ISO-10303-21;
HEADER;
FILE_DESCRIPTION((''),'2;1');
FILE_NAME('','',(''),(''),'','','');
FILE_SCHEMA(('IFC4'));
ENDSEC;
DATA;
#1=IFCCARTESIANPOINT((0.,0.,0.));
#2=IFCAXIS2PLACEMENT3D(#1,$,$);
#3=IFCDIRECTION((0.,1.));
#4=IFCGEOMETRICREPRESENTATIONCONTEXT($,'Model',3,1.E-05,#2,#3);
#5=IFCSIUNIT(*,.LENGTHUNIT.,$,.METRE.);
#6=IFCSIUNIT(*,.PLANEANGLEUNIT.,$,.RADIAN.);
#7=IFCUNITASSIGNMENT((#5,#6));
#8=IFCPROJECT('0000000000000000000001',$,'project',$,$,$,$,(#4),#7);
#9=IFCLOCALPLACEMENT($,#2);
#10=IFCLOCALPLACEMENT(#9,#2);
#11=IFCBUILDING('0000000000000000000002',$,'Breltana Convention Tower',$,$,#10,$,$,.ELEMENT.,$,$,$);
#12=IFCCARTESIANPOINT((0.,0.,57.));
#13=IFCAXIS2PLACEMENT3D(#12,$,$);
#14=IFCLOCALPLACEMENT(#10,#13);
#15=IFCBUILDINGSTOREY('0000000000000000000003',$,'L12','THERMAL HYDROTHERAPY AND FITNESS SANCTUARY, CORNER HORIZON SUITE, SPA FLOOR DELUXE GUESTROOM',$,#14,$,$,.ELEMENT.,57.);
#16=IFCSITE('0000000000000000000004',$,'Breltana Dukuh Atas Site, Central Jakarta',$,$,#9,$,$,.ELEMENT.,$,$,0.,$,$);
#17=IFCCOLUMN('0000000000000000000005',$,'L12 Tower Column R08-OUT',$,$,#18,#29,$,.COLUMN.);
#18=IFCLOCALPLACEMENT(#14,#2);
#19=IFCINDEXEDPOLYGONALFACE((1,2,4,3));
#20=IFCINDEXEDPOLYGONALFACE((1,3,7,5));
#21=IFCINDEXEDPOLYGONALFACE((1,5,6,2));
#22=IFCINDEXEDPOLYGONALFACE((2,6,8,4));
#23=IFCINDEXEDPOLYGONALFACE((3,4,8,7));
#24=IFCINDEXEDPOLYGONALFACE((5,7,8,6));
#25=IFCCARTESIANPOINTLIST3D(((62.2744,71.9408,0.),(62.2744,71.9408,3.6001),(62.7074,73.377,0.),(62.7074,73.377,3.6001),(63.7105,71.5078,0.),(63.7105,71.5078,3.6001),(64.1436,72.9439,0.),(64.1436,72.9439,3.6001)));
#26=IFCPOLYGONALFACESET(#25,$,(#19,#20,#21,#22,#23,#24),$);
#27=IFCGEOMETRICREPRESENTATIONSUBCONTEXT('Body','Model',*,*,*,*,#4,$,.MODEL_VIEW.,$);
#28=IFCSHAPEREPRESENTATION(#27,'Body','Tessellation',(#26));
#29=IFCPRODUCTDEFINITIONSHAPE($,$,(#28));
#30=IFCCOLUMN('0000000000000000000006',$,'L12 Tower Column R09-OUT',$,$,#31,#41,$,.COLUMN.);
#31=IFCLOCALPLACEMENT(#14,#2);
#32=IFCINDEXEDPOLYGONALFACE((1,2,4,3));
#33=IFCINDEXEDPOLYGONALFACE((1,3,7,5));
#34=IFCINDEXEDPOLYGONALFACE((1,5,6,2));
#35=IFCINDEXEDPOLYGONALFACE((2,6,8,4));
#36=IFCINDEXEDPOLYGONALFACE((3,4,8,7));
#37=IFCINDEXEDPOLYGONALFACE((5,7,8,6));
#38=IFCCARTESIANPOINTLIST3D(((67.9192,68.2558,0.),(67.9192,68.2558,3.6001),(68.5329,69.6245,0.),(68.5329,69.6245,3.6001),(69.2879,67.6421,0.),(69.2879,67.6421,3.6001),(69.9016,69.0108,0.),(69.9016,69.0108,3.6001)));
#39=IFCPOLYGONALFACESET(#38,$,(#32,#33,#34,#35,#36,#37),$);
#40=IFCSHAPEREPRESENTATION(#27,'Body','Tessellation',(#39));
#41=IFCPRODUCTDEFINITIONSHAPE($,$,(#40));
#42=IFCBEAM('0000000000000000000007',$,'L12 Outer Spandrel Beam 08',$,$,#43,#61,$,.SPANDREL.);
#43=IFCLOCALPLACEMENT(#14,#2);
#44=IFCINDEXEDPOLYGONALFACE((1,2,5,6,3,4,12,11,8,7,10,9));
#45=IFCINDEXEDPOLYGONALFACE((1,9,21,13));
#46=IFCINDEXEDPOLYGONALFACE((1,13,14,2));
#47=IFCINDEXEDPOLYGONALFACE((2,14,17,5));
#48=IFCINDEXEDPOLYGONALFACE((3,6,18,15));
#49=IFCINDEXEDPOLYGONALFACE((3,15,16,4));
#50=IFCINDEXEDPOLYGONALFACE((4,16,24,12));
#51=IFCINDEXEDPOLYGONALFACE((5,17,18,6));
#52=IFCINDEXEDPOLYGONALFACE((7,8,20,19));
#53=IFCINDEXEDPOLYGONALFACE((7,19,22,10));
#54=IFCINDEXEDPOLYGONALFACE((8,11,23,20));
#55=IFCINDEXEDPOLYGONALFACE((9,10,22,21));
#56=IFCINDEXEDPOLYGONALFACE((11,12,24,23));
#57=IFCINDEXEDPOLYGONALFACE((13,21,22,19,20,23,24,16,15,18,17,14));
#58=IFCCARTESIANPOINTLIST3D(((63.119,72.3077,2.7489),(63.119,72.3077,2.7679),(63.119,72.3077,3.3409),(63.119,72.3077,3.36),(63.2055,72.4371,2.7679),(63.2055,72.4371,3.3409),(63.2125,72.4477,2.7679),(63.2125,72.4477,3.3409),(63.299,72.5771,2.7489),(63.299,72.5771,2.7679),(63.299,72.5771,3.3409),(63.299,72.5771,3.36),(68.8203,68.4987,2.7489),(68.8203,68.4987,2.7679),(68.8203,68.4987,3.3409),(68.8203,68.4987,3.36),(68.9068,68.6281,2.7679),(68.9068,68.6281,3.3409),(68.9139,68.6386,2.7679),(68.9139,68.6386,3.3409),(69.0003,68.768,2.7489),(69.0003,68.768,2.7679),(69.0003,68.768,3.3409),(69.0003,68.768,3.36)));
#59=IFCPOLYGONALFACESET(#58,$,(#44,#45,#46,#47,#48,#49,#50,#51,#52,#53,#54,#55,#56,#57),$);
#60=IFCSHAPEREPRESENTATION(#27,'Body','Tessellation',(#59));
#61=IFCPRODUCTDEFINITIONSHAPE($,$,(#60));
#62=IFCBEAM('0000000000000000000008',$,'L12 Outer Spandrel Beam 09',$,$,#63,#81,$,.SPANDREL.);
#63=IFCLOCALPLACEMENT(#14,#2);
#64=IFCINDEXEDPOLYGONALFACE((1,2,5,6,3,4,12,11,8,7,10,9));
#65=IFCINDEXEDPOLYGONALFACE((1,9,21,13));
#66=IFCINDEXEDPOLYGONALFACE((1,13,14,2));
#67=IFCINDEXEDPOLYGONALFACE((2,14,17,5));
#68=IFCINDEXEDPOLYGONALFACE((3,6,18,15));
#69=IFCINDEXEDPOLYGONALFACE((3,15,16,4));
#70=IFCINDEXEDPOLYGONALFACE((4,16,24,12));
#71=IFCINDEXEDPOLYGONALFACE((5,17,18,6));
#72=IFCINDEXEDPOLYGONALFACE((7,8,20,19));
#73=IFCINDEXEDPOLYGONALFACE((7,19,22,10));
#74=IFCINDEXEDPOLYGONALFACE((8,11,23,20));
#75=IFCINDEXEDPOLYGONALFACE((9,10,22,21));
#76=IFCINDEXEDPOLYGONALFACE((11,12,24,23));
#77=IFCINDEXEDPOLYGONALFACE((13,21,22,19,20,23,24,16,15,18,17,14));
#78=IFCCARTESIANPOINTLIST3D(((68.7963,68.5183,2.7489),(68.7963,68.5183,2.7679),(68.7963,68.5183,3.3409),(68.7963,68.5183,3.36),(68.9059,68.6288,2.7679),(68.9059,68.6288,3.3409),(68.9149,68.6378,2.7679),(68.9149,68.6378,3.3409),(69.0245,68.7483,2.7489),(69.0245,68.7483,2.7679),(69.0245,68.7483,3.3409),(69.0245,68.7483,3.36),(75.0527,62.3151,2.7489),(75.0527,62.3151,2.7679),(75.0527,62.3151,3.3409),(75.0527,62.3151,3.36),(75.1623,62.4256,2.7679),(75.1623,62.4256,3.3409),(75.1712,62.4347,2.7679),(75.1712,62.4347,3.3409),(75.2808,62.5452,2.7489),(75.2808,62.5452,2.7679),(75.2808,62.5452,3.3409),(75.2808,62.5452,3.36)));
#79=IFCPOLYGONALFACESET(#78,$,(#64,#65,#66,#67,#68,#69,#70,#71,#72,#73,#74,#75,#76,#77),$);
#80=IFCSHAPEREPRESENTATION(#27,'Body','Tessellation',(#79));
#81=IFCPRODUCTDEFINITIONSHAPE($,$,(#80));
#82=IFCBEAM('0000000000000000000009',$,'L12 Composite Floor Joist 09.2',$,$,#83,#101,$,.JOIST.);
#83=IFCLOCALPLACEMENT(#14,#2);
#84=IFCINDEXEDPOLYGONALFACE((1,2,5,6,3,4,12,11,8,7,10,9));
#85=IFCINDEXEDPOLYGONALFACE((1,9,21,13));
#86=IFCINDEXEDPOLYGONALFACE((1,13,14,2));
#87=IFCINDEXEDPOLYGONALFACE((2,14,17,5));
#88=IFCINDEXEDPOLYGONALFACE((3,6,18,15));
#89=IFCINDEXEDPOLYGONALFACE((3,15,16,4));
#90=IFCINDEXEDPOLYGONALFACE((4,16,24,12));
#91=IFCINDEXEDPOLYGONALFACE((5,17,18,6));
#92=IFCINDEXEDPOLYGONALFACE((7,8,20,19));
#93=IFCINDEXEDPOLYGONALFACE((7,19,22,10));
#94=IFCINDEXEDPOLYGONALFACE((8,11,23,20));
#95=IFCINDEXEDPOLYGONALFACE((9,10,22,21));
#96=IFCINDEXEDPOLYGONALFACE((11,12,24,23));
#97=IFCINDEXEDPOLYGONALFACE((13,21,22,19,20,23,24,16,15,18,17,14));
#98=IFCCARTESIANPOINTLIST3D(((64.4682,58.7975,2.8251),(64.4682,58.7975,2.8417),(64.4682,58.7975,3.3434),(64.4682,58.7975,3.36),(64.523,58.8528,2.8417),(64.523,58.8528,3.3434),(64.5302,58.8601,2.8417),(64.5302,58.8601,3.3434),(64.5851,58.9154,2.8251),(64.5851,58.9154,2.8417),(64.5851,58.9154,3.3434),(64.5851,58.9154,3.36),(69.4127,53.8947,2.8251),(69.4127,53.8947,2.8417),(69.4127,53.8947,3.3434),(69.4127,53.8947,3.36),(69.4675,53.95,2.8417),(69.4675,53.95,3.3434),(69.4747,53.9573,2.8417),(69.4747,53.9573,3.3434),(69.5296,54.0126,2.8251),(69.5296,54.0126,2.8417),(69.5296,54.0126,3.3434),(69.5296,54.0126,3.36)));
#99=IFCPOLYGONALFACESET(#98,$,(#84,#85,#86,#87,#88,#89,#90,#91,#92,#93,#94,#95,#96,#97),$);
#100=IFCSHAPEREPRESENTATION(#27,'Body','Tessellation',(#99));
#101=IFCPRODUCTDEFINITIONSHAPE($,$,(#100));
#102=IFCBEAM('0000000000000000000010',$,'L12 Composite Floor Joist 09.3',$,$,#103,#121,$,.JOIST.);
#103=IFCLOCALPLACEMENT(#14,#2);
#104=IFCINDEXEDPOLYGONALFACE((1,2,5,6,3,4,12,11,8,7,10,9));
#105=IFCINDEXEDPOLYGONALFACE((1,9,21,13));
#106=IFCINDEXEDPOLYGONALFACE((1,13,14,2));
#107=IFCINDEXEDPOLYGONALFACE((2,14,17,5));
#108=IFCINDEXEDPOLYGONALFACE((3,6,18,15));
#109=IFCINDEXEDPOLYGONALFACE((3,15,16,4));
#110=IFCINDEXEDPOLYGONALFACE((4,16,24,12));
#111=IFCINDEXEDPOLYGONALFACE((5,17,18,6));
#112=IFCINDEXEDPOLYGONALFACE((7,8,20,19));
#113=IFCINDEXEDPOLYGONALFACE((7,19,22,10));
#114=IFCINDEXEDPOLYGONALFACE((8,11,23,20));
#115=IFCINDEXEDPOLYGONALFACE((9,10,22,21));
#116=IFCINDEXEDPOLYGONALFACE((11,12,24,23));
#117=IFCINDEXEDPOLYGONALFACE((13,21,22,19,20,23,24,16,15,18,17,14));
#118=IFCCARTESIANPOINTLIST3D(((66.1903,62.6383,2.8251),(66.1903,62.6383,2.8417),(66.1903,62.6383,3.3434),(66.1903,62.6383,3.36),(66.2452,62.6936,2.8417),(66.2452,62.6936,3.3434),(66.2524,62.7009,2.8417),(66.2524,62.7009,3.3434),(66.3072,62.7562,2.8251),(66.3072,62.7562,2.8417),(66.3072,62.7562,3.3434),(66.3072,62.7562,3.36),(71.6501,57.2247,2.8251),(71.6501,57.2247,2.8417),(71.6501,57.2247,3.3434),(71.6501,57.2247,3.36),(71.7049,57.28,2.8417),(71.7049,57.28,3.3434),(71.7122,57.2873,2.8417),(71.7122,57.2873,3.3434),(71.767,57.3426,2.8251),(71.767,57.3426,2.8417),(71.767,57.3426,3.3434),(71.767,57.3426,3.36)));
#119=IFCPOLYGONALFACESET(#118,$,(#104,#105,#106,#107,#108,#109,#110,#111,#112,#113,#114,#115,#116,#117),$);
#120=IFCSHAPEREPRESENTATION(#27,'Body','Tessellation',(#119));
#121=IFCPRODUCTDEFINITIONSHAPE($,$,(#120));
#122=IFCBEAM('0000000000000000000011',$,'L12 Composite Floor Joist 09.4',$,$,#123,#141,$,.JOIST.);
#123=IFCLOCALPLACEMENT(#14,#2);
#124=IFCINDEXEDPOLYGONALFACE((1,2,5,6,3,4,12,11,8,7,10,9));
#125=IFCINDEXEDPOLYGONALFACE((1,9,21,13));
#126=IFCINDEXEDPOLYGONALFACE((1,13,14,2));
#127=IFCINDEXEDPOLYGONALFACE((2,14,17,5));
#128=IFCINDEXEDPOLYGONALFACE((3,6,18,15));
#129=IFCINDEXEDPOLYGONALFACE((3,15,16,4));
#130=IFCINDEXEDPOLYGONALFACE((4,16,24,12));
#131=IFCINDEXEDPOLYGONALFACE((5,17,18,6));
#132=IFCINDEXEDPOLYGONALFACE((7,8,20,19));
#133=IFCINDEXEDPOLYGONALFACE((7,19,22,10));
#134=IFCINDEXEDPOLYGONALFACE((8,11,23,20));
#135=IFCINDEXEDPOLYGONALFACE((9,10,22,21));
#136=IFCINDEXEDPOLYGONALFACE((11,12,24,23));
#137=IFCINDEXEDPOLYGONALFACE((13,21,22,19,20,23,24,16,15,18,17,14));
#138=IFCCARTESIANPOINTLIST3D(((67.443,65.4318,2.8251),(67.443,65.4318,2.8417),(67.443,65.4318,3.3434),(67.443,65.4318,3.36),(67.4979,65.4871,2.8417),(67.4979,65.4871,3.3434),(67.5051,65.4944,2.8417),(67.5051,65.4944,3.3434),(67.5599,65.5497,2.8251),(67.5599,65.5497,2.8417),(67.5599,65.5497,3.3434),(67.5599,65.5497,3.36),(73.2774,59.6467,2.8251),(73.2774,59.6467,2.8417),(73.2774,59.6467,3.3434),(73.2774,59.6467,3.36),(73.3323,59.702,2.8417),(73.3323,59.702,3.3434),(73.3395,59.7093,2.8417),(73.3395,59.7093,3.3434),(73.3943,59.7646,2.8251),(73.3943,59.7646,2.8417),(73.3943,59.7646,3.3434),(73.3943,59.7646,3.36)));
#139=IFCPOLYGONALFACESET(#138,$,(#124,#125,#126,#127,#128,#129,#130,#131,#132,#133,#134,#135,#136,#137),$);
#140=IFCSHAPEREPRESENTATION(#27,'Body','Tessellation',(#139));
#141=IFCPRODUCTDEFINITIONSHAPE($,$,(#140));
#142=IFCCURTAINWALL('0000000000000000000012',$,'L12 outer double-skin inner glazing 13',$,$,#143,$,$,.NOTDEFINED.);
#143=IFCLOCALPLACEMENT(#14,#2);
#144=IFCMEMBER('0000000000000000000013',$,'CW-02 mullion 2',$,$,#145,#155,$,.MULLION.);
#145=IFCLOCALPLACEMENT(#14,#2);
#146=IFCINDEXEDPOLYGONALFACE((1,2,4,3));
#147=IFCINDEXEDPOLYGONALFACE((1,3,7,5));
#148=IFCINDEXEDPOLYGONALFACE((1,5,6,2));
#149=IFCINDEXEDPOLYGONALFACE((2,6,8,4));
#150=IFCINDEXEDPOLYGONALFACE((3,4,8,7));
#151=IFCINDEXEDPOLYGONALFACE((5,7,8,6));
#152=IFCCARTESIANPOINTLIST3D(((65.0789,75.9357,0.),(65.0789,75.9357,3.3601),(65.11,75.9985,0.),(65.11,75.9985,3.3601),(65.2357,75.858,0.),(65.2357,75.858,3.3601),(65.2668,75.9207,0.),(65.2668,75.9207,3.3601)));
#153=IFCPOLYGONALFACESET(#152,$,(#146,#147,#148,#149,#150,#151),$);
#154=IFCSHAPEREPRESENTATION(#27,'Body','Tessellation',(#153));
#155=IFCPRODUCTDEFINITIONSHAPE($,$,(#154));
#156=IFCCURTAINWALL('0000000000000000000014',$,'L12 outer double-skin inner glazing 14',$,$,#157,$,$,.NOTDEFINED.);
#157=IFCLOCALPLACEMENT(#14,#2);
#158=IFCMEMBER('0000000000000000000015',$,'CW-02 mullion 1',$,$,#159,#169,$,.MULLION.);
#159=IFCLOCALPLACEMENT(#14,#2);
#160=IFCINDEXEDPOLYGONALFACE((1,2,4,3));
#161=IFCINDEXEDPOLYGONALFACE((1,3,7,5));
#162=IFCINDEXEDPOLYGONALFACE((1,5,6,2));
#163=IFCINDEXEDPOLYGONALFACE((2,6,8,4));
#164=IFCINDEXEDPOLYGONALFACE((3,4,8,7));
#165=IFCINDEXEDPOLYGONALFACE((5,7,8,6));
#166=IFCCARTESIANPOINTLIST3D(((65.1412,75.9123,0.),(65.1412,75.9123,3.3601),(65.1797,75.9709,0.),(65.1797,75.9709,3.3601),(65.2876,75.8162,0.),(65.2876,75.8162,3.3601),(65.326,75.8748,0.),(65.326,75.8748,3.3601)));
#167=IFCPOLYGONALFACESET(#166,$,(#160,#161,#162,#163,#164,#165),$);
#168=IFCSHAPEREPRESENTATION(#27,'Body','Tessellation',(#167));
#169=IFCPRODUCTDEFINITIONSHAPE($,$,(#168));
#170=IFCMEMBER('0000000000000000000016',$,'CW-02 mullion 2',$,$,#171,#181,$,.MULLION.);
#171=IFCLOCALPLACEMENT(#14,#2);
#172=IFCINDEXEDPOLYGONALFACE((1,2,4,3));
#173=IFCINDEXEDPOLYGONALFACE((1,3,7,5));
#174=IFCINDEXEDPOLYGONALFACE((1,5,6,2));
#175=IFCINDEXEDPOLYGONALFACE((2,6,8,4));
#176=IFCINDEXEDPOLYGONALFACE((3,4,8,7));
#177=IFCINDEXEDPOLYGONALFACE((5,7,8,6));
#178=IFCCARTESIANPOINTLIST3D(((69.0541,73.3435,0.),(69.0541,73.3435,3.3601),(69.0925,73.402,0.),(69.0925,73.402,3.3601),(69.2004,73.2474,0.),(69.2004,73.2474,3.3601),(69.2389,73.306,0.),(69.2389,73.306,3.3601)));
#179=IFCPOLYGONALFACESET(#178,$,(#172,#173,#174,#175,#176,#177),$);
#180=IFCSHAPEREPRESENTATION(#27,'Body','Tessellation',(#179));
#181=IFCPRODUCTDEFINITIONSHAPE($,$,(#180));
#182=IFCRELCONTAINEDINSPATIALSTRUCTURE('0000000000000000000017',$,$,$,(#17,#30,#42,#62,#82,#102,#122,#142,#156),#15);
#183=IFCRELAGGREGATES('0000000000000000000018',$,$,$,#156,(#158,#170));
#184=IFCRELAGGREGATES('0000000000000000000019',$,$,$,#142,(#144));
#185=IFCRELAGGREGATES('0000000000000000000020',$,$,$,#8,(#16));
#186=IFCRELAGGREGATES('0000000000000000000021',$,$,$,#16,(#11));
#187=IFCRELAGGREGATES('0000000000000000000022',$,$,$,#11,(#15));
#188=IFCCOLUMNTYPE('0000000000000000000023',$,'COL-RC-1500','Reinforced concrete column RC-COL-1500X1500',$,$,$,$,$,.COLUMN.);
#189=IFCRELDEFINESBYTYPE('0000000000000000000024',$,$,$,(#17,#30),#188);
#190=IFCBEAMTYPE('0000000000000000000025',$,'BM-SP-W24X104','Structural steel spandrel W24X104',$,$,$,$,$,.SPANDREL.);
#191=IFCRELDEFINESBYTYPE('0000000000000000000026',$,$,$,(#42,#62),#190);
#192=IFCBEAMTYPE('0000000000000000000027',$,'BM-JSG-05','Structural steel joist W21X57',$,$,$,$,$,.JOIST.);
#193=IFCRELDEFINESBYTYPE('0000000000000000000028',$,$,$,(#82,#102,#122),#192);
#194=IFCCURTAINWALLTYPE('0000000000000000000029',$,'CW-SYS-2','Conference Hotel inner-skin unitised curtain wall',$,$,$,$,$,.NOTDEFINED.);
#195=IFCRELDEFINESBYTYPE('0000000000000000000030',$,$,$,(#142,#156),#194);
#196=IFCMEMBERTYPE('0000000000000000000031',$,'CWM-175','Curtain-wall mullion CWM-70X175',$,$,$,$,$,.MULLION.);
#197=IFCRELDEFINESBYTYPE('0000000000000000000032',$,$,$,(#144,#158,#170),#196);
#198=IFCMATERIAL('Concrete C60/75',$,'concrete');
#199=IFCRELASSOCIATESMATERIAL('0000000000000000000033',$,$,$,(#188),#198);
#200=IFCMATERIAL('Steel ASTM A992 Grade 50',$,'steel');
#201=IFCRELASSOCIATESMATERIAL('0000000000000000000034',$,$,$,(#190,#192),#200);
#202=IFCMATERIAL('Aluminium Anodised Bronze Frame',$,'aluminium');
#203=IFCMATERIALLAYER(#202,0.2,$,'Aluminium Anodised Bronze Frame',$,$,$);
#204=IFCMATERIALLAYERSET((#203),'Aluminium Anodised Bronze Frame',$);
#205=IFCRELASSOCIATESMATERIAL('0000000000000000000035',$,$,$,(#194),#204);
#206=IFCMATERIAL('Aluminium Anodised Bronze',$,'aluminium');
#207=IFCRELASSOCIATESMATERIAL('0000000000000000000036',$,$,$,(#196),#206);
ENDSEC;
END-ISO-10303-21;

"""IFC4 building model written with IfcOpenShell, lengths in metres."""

from ifc_helpers import new_model, si_unit, direction, frame, origin, origin_2d, place, context, subcontext, project, spatial, rectangle, i_section, extrude, source, transform, mapped, material, layer, layer_set, material_profile, profile_set, type_object, type_shapes, element, aggregate, save


model = new_model("IFC4")

# Units and contexts
model_context = context("Model", 3, precision=1e-05, world=origin(), true_north=direction((0.0, 1.0)))
body_context = subcontext(model_context, "Body", "Model", "MODEL_VIEW")
ifc_project = project(units=[si_unit("LENGTHUNIT", "METRE"), si_unit("PLANEANGLEUNIT", "RADIAN")], contexts=[model_context])

# Site, building, storey
site_placement = place(None, origin())
site = spatial("IfcSite", under=ifc_project, at=site_placement, Name="Breltana Dukuh Atas Site, Central Jakarta", CompositionType="ELEMENT", RefElevation=0.0)
building_placement = place(site_placement, origin())
building = spatial("IfcBuilding", under=site, at=building_placement, Name="Breltana Convention Tower", CompositionType="ELEMENT")
storey_placement = place(building_placement, frame((0.0, 0.0, 57.0)))
storey = spatial("IfcBuildingStorey", under=building, at=storey_placement, Name="L12", Description="THERMAL HYDROTHERAPY AND FITNESS SANCTUARY, CORNER HORIZON SUITE, SPA FLOOR DELUXE GUESTROOM", CompositionType="ELEMENT", Elevation=57.0)

# Columns
ifc_material_1 = material(Name="Concrete C60/75", Category="concrete")
ifc_material_profile_1 = material_profile(ifc_material_1, rectangle(XDim=1.5, YDim=1.5, at=origin_2d()), Name="RC-COL-1500X1500")
ifc_profile_set_1 = profile_set([ifc_material_profile_1], Name="Concrete C60/75")
column_type = type_object("IfcColumnType", Name="COL-RC-1500", Description="Reinforced concrete column RC-COL-1500X1500", PredefinedType="COLUMN", material=ifc_profile_set_1)
shared_shape_1 = source(origin(), body_context, "Body", "SweptSolid", [
    extrude(rectangle(XDim=1.5, YDim=1.5, at=origin_2d()), origin(), (0.0, 0.0, 1.0), 3.6001),
])
for number, where, z_axis, x_axis, name in (
    (1, (63.209, 72.4424, 0.0), (0.0, 0.0, 1.0), (0.288698, 0.95742, 0.0), "L12 Tower Column R08-OUT"),
    (2, (68.9104, 68.6333, 0.0), (0.0, 0.0, 1.0), (0.409127, 0.912477, 0.0), "L12 Tower Column R09-OUT"),
):
    element("IfcColumn", number, at=place(storey_placement, frame(where, z_axis=z_axis, x_axis=x_axis)), inside=storey, type_object=column_type, Name=name, PredefinedType="COLUMN", context=body_context, shape_type="MappedRepresentation", body=[
        mapped(shared_shape_1, transform((0.0, 0.0, 0.0), scale=1.0)),
    ])

# Beams
ifc_material_2 = material(Name="Steel ASTM A992 Grade 50", Category="steel")
ifc_material_profile_2 = material_profile(ifc_material_2, i_section(OverallWidth=0.324, OverallDepth=0.6111, WebThickness=0.0127, FlangeThickness=0.019, at=origin_2d()), Name="W24X104")
ifc_profile_set_2 = profile_set([ifc_material_profile_2], Name="Steel ASTM A992 Grade 50")
beam_type_1 = type_object("IfcBeamType", Name="BM-SP-W24X104", Description="Structural steel spandrel W24X104", PredefinedType="SPANDREL", material=ifc_profile_set_2)
shared_shape_2 = source(origin(), body_context, "Body", "SweptSolid", [
    extrude(i_section(OverallWidth=0.324, OverallDepth=0.6111, WebThickness=0.0127, FlangeThickness=0.019, at=origin_2d()), origin(), (0.0, 0.0, 1.0), 6.8567),
])
beam_1_placement = place(storey_placement, frame((63.209, 72.4424, 3.0544), z_axis=(0.831502, -0.555522, 0.0), x_axis=(0.555522, 0.831502, 0.0)))
element("IfcBeam", 3, at=beam_1_placement, inside=storey, type_object=beam_type_1, Name="L12 Outer Spandrel Beam 08", PredefinedType="SPANDREL", context=body_context, shape_type="MappedRepresentation", body=[
    mapped(shared_shape_2, transform((0.0, 0.0, 0.0), scale=1.0)),
])
shared_shape_3 = source(origin(), body_context, "Body", "SweptSolid", [
    extrude(i_section(OverallWidth=0.324, OverallDepth=0.6111, WebThickness=0.0127, FlangeThickness=0.019, at=origin_2d()), origin(), (0.0, 0.0, 1.0), 8.8103),
])
beam_2_placement = place(storey_placement, frame((68.9104, 68.6333, 3.0544), z_axis=(0.710121, -0.70408, 0.0), x_axis=(0.70408, 0.710121, 0.0)))
element("IfcBeam", 4, at=beam_2_placement, inside=storey, type_object=beam_type_1, Name="L12 Outer Spandrel Beam 09", PredefinedType="SPANDREL", context=body_context, shape_type="MappedRepresentation", body=[
    mapped(shared_shape_3, transform((0.0, 0.0, 0.0), scale=1.0)),
])
ifc_material_profile_3 = material_profile(ifc_material_2, i_section(OverallWidth=0.166, OverallDepth=0.5349, WebThickness=0.0103, FlangeThickness=0.0166, at=origin_2d()), Name="W21X57")
ifc_profile_set_3 = profile_set([ifc_material_profile_3], Name="Steel ASTM A992 Grade 50")
beam_type_2 = type_object("IfcBeamType", Name="BM-JSG-05", Description="Structural steel joist W21X57", PredefinedType="JOIST", material=ifc_profile_set_3)
shared_shape_4 = source(origin(), body_context, "Body", "SweptSolid", [
    extrude(i_section(OverallWidth=0.166, OverallDepth=0.5349, WebThickness=0.0103, FlangeThickness=0.0166, at=origin_2d()), origin(), (0.0, 0.0, 1.0), 6.9631),
])
beam_3_placement = place(storey_placement, frame((64.5266, 58.8564, 3.0925), z_axis=(0.710098, -0.704103, 0.0), x_axis=(0.704103, 0.710098, 0.0)))
element("IfcBeam", 5, at=beam_3_placement, inside=storey, type_object=beam_type_2, Name="L12 Composite Floor Joist 09.2", PredefinedType="JOIST", context=body_context, shape_type="MappedRepresentation", body=[
    mapped(shared_shape_4, transform((0.0, 0.0, 0.0), scale=1.0)),
])
shared_shape_5 = source(origin(), body_context, "Body", "SweptSolid", [
    extrude(i_section(OverallWidth=0.166, OverallDepth=0.5349, WebThickness=0.0103, FlangeThickness=0.0166, at=origin_2d()), origin(), (0.0, 0.0, 1.0), 7.6887),
])
beam_4_placement = place(storey_placement, frame((66.2488, 62.6973, 3.0925), z_axis=(0.710101, -0.7041, 0.0), x_axis=(0.7041, 0.710101, 0.0)))
element("IfcBeam", 6, at=beam_4_placement, inside=storey, type_object=beam_type_2, Name="L12 Composite Floor Joist 09.3", PredefinedType="JOIST", context=body_context, shape_type="MappedRepresentation", body=[
    mapped(shared_shape_5, transform((0.0, 0.0, 0.0), scale=1.0)),
])
shared_shape_6 = source(origin(), body_context, "Body", "SweptSolid", [
    extrude(i_section(OverallWidth=0.166, OverallDepth=0.5349, WebThickness=0.0103, FlangeThickness=0.0166, at=origin_2d()), origin(), (0.0, 0.0, 1.0), 8.2163),
])
beam_5_placement = place(storey_placement, frame((67.5015, 65.4907, 3.0925), z_axis=(0.710102, -0.704099, 0.0), x_axis=(0.704099, 0.710102, 0.0)))
element("IfcBeam", 7, at=beam_5_placement, inside=storey, type_object=beam_type_2, Name="L12 Composite Floor Joist 09.4", PredefinedType="JOIST", context=body_context, shape_type="MappedRepresentation", body=[
    mapped(shared_shape_6, transform((0.0, 0.0, 0.0), scale=1.0)),
])

# Curtain wall, member
ifc_material_3 = material(Name="Aluminium Anodised Bronze Frame", Category="aluminium")
ifc_layer_1 = layer(ifc_material_3, 0.2, Name="Aluminium Anodised Bronze Frame")
ifc_layer_set_1 = layer_set([ifc_layer_1], Name="Aluminium Anodised Bronze Frame")
curtain_wall_type = type_object("IfcCurtainWallType", Name="CW-SYS-2", Description="Conference Hotel inner-skin unitised curtain wall", PredefinedType="NOTDEFINED", material=ifc_layer_set_1)
curtain_wall_1_placement = place(storey_placement, origin())
curtain_wall_1 = element("IfcCurtainWall", 8, at=curtain_wall_1_placement, inside=storey, type_object=curtain_wall_type, Name="L12 outer double-skin inner glazing 13", PredefinedType="NOTDEFINED")
ifc_material_4 = material(Name="Aluminium Anodised Bronze", Category="aluminium")
ifc_material_profile_4 = material_profile(ifc_material_4, rectangle(XDim=0.0701, YDim=0.175, at=origin_2d()), Name="CWM-70X175")
ifc_profile_set_4 = profile_set([ifc_material_profile_4], Name="Aluminium Anodised Bronze")
member_type_1 = type_object("IfcMemberType", Name="CWM-175", Description="Curtain-wall mullion CWM-70X175", PredefinedType="MULLION", material=ifc_profile_set_4)
shared_shape_7 = source(origin(), body_context, "Body", "SweptSolid", [
    extrude(rectangle(XDim=0.0701, YDim=0.175, at=origin_2d()), origin(), (0.0, 0.0, 1.0), 3.3601),
])
type_shapes(member_type_1, [shared_shape_7])
member_1_placement = place(storey_placement, frame((65.1729, 75.9282, 0.0), z_axis=(0.0, 0.0, 1.0), x_axis=(0.444108, 0.895973, 0.0)))
member_1 = element("IfcMember", 9, at=member_1_placement, type_object=member_type_1, Name="CW-02 mullion 2", PredefinedType="MULLION", context=body_context, shape_type="MappedRepresentation", body=[
    mapped(shared_shape_7, transform((0.0, 0.0, 0.0), scale=1.0)),
])

# Curtain wall, members
curtain_wall_2_placement = place(storey_placement, origin())
curtain_wall_2 = element("IfcCurtainWall", 10, at=curtain_wall_2_placement, inside=storey, type_object=curtain_wall_type, Name="L12 outer double-skin inner glazing 14", PredefinedType="NOTDEFINED")
member_2_placement = place(storey_placement, frame((65.2336, 75.8936, 0.0), z_axis=(0.0, 0.0, 1.0), x_axis=(0.548784, 0.835964, 0.0)))
member_2 = element("IfcMember", 11, at=member_2_placement, type_object=member_type_1, Name="CW-02 mullion 1", PredefinedType="MULLION", context=body_context, shape_type="MappedRepresentation", body=[
    mapped(shared_shape_7, transform((0.0, 0.0, 0.0), scale=1.0)),
])
member_3_placement = place(storey_placement, frame((69.1465, 73.3247, 0.0), z_axis=(0.0, 0.0, 1.0), x_axis=(0.548784, 0.835964, 0.0)))
member_3 = element("IfcMember", 12, at=member_3_placement, type_object=member_type_1, Name="CW-02 mullion 2", PredefinedType="MULLION", context=body_context, shape_type="MappedRepresentation", body=[
    mapped(shared_shape_7, transform((0.0, 0.0, 0.0), scale=1.0)),
])

aggregate(curtain_wall_2, [member_2, member_3])
aggregate(curtain_wall_1, [member_1])

save(model, "model.ifc")
